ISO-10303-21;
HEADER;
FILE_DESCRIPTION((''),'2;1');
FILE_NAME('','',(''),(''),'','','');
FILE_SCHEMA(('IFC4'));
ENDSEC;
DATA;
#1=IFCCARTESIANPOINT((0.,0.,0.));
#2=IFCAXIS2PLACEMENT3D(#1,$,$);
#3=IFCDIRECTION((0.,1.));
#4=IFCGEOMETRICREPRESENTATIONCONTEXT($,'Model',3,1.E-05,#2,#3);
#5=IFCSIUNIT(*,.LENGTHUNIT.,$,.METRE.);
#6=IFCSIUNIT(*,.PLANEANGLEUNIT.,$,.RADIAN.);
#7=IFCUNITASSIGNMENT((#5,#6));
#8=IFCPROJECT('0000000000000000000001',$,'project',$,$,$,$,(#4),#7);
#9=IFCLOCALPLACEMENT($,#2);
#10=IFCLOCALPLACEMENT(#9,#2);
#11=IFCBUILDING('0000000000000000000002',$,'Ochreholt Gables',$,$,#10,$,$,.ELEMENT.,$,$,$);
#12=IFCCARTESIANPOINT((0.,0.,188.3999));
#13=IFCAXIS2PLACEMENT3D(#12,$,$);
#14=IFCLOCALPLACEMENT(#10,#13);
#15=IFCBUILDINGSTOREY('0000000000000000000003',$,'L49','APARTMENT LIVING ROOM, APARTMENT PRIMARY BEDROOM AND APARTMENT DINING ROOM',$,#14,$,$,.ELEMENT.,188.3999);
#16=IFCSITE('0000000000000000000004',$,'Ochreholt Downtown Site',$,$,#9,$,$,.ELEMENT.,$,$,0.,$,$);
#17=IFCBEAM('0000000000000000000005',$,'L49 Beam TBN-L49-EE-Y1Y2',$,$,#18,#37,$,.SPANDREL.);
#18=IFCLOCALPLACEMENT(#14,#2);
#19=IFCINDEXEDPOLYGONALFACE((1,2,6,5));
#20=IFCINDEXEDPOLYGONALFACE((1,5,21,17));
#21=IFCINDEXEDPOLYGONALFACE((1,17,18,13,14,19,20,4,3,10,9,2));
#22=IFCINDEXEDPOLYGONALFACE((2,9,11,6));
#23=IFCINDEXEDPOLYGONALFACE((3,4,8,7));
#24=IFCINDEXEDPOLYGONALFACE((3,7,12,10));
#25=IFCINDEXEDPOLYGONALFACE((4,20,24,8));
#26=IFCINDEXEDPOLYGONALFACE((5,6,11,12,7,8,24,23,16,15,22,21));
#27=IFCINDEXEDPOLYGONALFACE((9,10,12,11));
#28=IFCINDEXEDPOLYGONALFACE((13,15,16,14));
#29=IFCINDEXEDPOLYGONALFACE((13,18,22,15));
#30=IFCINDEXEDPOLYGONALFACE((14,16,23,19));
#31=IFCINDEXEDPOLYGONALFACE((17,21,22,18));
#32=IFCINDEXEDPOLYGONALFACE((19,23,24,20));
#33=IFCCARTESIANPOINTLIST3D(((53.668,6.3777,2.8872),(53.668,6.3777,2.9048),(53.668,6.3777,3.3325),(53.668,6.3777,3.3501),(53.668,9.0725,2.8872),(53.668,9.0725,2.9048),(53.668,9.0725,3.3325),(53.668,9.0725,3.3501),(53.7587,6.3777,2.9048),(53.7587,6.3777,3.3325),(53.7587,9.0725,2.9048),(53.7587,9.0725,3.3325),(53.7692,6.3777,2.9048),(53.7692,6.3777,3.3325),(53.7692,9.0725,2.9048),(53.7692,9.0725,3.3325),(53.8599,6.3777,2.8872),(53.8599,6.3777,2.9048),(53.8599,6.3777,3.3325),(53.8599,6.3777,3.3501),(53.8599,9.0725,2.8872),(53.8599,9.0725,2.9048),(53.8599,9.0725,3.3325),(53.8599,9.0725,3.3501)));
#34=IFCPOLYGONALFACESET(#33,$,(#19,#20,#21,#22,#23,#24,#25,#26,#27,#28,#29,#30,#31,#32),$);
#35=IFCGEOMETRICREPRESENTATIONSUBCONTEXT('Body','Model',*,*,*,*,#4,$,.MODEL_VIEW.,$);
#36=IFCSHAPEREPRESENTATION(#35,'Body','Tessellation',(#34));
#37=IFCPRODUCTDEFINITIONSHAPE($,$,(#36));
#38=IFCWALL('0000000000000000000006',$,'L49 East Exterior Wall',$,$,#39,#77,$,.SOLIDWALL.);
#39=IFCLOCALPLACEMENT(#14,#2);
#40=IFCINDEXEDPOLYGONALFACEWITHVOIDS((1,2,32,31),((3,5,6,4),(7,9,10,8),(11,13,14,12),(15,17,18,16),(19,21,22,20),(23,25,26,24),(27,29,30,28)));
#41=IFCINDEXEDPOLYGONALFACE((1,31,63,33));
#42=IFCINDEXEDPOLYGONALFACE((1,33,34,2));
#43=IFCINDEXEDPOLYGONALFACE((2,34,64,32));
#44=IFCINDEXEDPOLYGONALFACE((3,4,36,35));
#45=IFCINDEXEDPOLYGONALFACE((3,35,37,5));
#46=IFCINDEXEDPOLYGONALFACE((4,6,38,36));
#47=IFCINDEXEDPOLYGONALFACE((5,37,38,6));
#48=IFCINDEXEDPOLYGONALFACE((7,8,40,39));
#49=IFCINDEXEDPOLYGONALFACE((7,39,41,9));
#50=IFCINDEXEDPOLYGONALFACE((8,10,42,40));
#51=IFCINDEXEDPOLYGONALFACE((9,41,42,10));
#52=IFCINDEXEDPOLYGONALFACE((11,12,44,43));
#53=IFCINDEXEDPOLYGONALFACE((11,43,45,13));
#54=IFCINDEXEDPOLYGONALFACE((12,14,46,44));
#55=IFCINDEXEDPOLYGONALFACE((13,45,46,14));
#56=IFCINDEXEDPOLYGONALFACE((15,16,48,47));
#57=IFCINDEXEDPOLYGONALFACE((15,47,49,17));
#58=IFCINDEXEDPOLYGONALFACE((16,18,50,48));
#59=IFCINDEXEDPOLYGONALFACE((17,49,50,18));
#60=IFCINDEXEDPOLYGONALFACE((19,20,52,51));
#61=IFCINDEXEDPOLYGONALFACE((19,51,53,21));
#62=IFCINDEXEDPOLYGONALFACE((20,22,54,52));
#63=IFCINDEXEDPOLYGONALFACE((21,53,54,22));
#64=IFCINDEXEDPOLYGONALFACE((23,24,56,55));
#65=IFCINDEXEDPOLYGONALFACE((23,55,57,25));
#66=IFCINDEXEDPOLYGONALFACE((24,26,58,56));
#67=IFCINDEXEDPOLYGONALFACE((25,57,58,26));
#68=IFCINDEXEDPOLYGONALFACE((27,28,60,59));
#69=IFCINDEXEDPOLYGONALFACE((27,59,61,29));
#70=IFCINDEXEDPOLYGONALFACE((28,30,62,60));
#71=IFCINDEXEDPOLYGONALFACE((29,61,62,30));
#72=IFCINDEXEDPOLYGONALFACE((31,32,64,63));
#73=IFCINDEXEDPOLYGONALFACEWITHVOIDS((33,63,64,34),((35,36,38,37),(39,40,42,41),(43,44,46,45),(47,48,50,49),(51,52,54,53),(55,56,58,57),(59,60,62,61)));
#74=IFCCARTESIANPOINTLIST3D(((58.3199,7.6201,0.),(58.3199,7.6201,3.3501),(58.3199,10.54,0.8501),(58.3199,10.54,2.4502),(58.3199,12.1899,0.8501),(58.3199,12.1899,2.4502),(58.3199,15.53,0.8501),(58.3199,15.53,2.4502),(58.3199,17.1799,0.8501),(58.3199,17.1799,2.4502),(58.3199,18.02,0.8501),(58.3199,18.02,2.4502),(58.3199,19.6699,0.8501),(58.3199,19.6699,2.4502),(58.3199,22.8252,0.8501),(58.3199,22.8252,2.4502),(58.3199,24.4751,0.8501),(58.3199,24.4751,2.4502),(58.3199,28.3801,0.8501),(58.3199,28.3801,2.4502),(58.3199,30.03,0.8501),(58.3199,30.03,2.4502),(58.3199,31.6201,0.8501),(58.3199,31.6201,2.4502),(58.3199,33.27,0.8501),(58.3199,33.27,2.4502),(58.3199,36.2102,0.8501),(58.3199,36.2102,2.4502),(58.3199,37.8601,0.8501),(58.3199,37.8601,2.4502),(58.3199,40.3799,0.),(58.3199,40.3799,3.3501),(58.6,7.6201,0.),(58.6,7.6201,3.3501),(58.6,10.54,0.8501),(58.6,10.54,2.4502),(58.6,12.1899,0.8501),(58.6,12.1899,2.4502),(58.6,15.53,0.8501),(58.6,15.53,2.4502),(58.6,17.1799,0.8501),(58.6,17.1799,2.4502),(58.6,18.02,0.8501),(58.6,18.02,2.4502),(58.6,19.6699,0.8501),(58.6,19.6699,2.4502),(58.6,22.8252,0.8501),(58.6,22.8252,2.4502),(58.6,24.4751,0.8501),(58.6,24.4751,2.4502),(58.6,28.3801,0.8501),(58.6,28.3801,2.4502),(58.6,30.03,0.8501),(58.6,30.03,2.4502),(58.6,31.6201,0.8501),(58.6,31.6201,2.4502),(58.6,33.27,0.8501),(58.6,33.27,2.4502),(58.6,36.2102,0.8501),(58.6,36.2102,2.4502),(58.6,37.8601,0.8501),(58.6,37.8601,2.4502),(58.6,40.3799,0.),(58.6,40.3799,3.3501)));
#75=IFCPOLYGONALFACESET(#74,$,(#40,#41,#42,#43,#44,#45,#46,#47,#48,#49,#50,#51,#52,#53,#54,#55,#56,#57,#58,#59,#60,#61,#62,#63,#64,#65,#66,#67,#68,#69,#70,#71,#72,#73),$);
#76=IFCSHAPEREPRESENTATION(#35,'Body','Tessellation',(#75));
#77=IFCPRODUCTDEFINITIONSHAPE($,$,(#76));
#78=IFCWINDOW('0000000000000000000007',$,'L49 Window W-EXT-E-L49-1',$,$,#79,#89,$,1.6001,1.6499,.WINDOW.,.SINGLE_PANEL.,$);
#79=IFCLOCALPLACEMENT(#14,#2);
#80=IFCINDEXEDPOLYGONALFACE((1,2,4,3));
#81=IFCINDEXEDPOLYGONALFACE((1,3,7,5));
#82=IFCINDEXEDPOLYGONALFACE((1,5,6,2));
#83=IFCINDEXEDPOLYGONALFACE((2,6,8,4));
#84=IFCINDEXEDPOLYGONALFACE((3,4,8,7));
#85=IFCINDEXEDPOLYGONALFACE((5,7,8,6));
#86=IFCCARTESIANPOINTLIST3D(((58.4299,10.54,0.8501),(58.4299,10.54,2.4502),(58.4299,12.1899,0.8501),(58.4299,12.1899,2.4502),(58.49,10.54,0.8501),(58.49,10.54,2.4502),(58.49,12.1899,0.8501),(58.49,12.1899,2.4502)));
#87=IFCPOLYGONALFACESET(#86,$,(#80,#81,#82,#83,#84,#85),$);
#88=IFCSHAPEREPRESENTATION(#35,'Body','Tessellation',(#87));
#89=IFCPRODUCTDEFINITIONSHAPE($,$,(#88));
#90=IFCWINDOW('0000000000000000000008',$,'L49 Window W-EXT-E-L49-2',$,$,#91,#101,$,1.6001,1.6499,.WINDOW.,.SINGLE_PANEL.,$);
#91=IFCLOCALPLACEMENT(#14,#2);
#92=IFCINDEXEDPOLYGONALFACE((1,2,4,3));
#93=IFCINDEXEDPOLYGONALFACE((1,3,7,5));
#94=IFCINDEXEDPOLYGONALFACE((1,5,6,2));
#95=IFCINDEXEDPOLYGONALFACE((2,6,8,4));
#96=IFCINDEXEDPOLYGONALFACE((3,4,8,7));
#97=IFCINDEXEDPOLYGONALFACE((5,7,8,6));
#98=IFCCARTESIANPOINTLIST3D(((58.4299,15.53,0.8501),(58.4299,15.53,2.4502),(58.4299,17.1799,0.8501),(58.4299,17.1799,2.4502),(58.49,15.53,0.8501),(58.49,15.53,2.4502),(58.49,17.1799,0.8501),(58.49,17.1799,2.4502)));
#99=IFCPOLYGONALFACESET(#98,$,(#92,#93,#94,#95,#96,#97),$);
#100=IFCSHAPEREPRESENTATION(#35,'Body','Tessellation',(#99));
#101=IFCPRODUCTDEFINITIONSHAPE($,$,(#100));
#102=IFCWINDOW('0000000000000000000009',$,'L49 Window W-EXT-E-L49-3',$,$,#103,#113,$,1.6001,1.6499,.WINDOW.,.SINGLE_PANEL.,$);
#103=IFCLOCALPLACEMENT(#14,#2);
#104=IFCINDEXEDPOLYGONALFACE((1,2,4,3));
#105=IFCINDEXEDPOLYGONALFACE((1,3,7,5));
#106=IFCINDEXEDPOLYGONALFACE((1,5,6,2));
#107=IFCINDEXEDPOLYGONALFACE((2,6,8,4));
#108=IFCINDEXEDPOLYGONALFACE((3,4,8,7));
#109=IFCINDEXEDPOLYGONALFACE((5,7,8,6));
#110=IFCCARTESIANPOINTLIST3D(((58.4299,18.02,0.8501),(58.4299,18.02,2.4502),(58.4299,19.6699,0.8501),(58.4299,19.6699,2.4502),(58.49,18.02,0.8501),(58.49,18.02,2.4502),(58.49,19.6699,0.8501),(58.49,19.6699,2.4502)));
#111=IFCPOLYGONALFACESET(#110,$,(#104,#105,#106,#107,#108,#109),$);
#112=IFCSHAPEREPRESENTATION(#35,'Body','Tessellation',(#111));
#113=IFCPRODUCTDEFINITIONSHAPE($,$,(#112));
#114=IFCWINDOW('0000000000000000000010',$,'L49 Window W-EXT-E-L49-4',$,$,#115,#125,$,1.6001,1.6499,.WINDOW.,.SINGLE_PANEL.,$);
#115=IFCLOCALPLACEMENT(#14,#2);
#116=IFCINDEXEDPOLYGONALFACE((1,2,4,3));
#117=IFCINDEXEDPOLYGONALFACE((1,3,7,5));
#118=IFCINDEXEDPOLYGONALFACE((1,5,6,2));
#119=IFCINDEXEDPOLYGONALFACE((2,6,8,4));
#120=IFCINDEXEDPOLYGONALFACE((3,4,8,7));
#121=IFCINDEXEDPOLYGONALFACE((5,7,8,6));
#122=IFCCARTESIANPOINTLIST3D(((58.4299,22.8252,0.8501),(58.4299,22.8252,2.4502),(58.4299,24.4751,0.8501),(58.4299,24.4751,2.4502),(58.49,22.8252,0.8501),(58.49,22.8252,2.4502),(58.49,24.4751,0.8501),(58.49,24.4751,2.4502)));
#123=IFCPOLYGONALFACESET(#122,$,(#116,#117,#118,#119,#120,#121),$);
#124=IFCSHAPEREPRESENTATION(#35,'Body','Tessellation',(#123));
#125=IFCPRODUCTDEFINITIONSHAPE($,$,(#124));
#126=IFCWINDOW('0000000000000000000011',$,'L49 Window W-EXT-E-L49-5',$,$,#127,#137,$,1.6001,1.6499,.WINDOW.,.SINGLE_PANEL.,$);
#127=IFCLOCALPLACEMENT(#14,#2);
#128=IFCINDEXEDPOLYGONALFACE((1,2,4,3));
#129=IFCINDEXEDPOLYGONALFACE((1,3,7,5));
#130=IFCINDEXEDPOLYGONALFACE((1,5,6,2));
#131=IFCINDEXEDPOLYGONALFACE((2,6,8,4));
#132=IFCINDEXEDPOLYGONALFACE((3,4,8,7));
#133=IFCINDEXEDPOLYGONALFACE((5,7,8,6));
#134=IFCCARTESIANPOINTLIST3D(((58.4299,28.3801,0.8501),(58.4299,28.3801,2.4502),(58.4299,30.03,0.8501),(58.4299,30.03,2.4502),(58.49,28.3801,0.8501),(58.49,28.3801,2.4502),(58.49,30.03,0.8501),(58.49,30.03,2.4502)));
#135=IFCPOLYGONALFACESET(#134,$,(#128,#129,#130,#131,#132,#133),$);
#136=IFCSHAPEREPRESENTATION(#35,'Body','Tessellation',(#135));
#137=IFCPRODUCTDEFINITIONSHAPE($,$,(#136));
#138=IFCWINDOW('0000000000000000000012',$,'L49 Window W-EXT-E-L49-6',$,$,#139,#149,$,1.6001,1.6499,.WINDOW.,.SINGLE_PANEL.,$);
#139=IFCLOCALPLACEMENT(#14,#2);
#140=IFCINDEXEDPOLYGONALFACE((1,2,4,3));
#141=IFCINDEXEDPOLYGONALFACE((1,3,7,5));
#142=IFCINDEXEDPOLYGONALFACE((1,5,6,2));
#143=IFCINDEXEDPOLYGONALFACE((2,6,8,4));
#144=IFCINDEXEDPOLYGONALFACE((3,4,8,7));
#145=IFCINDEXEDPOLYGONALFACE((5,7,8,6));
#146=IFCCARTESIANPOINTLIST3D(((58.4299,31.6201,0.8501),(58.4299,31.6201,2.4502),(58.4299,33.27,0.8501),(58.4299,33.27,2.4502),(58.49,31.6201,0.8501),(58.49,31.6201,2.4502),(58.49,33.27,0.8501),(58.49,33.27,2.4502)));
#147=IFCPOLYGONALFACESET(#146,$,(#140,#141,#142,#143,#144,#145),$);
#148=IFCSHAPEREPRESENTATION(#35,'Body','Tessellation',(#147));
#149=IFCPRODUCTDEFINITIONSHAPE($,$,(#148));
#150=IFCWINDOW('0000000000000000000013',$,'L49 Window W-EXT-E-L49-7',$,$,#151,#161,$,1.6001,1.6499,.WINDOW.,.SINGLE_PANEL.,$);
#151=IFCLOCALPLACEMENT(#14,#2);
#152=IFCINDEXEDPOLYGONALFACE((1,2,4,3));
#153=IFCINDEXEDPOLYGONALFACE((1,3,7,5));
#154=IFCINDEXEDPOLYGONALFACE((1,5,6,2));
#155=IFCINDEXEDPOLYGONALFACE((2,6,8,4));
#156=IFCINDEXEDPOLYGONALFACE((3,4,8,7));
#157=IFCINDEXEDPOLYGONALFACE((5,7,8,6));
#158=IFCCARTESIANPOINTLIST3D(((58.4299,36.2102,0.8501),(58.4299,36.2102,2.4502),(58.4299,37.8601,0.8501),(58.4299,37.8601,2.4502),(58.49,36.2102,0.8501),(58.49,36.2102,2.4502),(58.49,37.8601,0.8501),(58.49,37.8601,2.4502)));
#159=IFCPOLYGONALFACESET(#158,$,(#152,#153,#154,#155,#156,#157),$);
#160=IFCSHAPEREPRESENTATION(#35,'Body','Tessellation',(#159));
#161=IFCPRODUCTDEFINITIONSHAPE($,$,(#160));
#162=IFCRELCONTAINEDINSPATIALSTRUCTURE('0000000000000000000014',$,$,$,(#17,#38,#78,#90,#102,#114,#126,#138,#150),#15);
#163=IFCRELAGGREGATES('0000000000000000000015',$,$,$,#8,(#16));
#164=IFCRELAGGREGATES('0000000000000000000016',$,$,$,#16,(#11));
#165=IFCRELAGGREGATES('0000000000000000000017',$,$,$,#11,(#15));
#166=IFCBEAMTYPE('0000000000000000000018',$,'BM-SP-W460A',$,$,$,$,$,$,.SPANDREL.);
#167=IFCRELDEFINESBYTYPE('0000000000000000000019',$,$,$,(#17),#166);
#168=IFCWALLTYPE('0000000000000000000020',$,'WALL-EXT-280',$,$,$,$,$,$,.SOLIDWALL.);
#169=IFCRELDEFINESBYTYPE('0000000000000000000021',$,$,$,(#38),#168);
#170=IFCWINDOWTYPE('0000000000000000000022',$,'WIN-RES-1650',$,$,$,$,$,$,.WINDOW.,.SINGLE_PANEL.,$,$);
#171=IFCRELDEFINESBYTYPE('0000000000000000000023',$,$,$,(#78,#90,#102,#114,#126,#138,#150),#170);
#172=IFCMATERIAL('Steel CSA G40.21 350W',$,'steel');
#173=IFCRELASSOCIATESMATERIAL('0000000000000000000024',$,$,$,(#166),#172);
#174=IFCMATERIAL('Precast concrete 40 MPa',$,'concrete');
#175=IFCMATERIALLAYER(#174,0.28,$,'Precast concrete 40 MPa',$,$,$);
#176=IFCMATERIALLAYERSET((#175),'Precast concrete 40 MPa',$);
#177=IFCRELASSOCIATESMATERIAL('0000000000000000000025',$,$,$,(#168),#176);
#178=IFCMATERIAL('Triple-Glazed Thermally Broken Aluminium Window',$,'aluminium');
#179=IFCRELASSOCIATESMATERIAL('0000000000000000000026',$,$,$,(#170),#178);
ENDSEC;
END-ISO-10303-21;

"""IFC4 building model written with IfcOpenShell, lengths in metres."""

from ifc_helpers import new_model, si_unit, direction, frame, frame_2d, origin, origin_2d, place, context, subcontext, project, spatial, rectangle, i_section, extrude, material, layer, layer_set, material_profile, profile_set, type_object, element, fill, save


model = new_model("IFC4")

# Units and contexts
model_context = context("Model", 3, precision=1e-05, world=origin(), true_north=direction((0.0, 1.0)))
body_context = subcontext(model_context, "Body", "Model", "MODEL_VIEW")
ifc_project = project(units=[si_unit("LENGTHUNIT", "METRE"), si_unit("PLANEANGLEUNIT", "RADIAN")], contexts=[model_context])

# Site, building, storey
site_placement = place(None, origin())
site = spatial("IfcSite", under=ifc_project, at=site_placement, Name="Ochreholt Downtown Site", CompositionType="ELEMENT", RefElevation=0.0)
building_placement = place(site_placement, origin())
building = spatial("IfcBuilding", under=site, at=building_placement, Name="Ochreholt Gables", CompositionType="ELEMENT")
storey_placement = place(building_placement, frame((0.0, 0.0, 188.3999)))
storey = spatial("IfcBuildingStorey", under=building, at=storey_placement, Name="L49", Description="APARTMENT LIVING ROOM, APARTMENT PRIMARY BEDROOM AND APARTMENT DINING ROOM", CompositionType="ELEMENT", Elevation=188.3999)

# Beam
ifc_material_1 = material(Name="Steel CSA G40.21 350W", Category="steel")
ifc_material_profile_1 = material_profile(ifc_material_1, i_section(OverallWidth=0.1919, OverallDepth=0.4629, WebThickness=0.0105, FlangeThickness=0.0176, at=origin_2d()), Name="W460X89")
ifc_profile_set_1 = profile_set([ifc_material_profile_1], Name="Steel CSA G40.21 350W")
beam_type = type_object("IfcBeamType", Name="BM-SP-W460A", PredefinedType="SPANDREL", material=ifc_profile_set_1)
beam_placement = place(storey_placement, frame((53.7639, 6.3777, 3.1187), z_axis=(0.0, 1.0, 0.0), x_axis=(-1.0, 0.0, 0.0)))
element("IfcBeam", 1, at=beam_placement, inside=storey, type_object=beam_type, Name="L49 Beam TBN-L49-EE-Y1Y2", PredefinedType="SPANDREL", context=body_context, shape_type="SweptSolid", body=[
    extrude(i_section(OverallWidth=0.1919, OverallDepth=0.4629, WebThickness=0.0105, FlangeThickness=0.0176, at=origin_2d()), origin(), (0.0, 0.0, 1.0), 2.6948),
])

# Wall, openings, windows
ifc_material_2 = material(Name="Precast concrete 40 MPa", Category="concrete")
ifc_layer_1 = layer(ifc_material_2, 0.28, Name="Precast concrete 40 MPa")
ifc_layer_set_1 = layer_set([ifc_layer_1], Name="Precast concrete 40 MPa")
wall_type_1 = type_object("IfcWallType", Name="WALL-EXT-280", PredefinedType="SOLIDWALL", material=ifc_layer_set_1)
wall_1_placement = place(storey_placement, frame((58.46, 7.6201, 0.0), z_axis=(0.0, 0.0, 1.0), x_axis=(0.0, 1.0, 0.0)))
wall_1 = element("IfcWall", 2, at=wall_1_placement, inside=storey, type_object=wall_type_1, Name="L49 East Exterior Wall", PredefinedType="SOLIDWALL", context=body_context, shape_type="SweptSolid", body=[
    extrude(rectangle(XDim=32.7598, YDim=0.28, at=frame_2d((16.3799, 0.0))), origin(), (0.0, 0.0, 1.0), 3.3501),
])
opening_1_placement = place(wall_1_placement, frame((2.9199, 0.0, 0.8501)))
opening_1 = element("IfcOpeningElement", 3, at=opening_1_placement, cuts=wall_1, PredefinedType="OPENING", context=body_context, shape_type="SweptSolid", body=[
    extrude(rectangle(XDim=1.6499, YDim=1.6001, at=frame_2d((0.825, 0.8))), frame((0.0, 0.1499, 0.0), z_axis=(0.0, -1.0, 0.0), x_axis=(1.0, 0.0, 0.0)), (0.0, 0.0, 1.0), 0.3),
])
opening_2_placement = place(wall_1_placement, frame((7.9099, 0.0, 0.8501)))
opening_2 = element("IfcOpeningElement", 4, at=opening_2_placement, cuts=wall_1, PredefinedType="OPENING", context=body_context, shape_type="SweptSolid", body=[
    extrude(rectangle(XDim=1.6499, YDim=1.6001, at=frame_2d((0.825, 0.8))), frame((0.0, 0.1499, 0.0), z_axis=(0.0, -1.0, 0.0), x_axis=(1.0, 0.0, 0.0)), (0.0, 0.0, 1.0), 0.3),
])
opening_3_placement = place(wall_1_placement, frame((10.3999, 0.0, 0.8501)))
opening_3 = element("IfcOpeningElement", 5, at=opening_3_placement, cuts=wall_1, PredefinedType="OPENING", context=body_context, shape_type="SweptSolid", body=[
    extrude(rectangle(XDim=1.6499, YDim=1.6001, at=frame_2d((0.825, 0.8))), frame((0.0, 0.1499, 0.0), z_axis=(0.0, -1.0, 0.0), x_axis=(1.0, 0.0, 0.0)), (0.0, 0.0, 1.0), 0.3),
])
opening_4_placement = place(wall_1_placement, frame((15.2051, 0.0, 0.8501)))
opening_4 = element("IfcOpeningElement", 6, at=opening_4_placement, cuts=wall_1, PredefinedType="OPENING", context=body_context, shape_type="SweptSolid", body=[
    extrude(rectangle(XDim=1.6499, YDim=1.6001, at=frame_2d((0.825, 0.8))), frame((0.0, 0.1499, 0.0), z_axis=(0.0, -1.0, 0.0), x_axis=(1.0, 0.0, 0.0)), (0.0, 0.0, 1.0), 0.3),
])
opening_5_placement = place(wall_1_placement, frame((20.76, 0.0, 0.8501)))
opening_5 = element("IfcOpeningElement", 7, at=opening_5_placement, cuts=wall_1, PredefinedType="OPENING", context=body_context, shape_type="SweptSolid", body=[
    extrude(rectangle(XDim=1.6499, YDim=1.6001, at=frame_2d((0.825, 0.8))), frame((0.0, 0.1499, 0.0), z_axis=(0.0, -1.0, 0.0), x_axis=(1.0, 0.0, 0.0)), (0.0, 0.0, 1.0), 0.3),
])
opening_6_placement = place(wall_1_placement, frame((24.0, 0.0, 0.8501)))
opening_6 = element("IfcOpeningElement", 8, at=opening_6_placement, cuts=wall_1, PredefinedType="OPENING", context=body_context, shape_type="SweptSolid", body=[
    extrude(rectangle(XDim=1.6499, YDim=1.6001, at=frame_2d((0.825, 0.8))), frame((0.0, 0.1499, 0.0), z_axis=(0.0, -1.0, 0.0), x_axis=(1.0, 0.0, 0.0)), (0.0, 0.0, 1.0), 0.3),
])
opening_7_placement = place(wall_1_placement, frame((28.5901, 0.0, 0.8501)))
opening_7 = element("IfcOpeningElement", 9, at=opening_7_placement, cuts=wall_1, PredefinedType="OPENING", context=body_context, shape_type="SweptSolid", body=[
    extrude(rectangle(XDim=1.6499, YDim=1.6001, at=frame_2d((0.825, 0.8))), frame((0.0, 0.1499, 0.0), z_axis=(0.0, -1.0, 0.0), x_axis=(1.0, 0.0, 0.0)), (0.0, 0.0, 1.0), 0.3),
])
ifc_material_3 = material(Name="Triple-Glazed Thermally Broken Aluminium Window", Category="aluminium")
window_type_1 = type_object("IfcWindowType", Name="WIN-RES-1650", PartitioningType="SINGLE_PANEL", PredefinedType="WINDOW", material=ifc_material_3)
window_1_placement = place(opening_1_placement, origin())
window_1 = element("IfcWindow", 10, at=window_1_placement, inside=storey, type_object=window_type_1, Name="L49 Window W-EXT-E-L49-1", OverallHeight=1.6001, OverallWidth=1.6499, PartitioningType="SINGLE_PANEL", PredefinedType="WINDOW", context=body_context, shape_type="SweptSolid", body=[
    extrude(rectangle(XDim=1.6499, YDim=1.6001, at=frame_2d((0.825, 0.8))), frame((0.0, 0.03, 0.0), z_axis=(0.0, -1.0, 0.0), x_axis=(1.0, 0.0, 0.0)), (0.0, 0.0, 1.0), 0.0601),
])
fill(opening_1, window_1)
window_2_placement = place(opening_2_placement, origin())
window_2 = element("IfcWindow", 11, at=window_2_placement, inside=storey, type_object=window_type_1, Name="L49 Window W-EXT-E-L49-2", OverallHeight=1.6001, OverallWidth=1.6499, PartitioningType="SINGLE_PANEL", PredefinedType="WINDOW", context=body_context, shape_type="SweptSolid", body=[
    extrude(rectangle(XDim=1.6499, YDim=1.6001, at=frame_2d((0.825, 0.8))), frame((0.0, 0.03, 0.0), z_axis=(0.0, -1.0, 0.0), x_axis=(1.0, 0.0, 0.0)), (0.0, 0.0, 1.0), 0.0601),
])
fill(opening_2, window_2)
window_3_placement = place(opening_3_placement, origin())
window_3 = element("IfcWindow", 12, at=window_3_placement, inside=storey, type_object=window_type_1, Name="L49 Window W-EXT-E-L49-3", OverallHeight=1.6001, OverallWidth=1.6499, PartitioningType="SINGLE_PANEL", PredefinedType="WINDOW", context=body_context, shape_type="SweptSolid", body=[
    extrude(rectangle(XDim=1.6499, YDim=1.6001, at=frame_2d((0.825, 0.8))), frame((0.0, 0.03, 0.0), z_axis=(0.0, -1.0, 0.0), x_axis=(1.0, 0.0, 0.0)), (0.0, 0.0, 1.0), 0.0601),
])
fill(opening_3, window_3)
window_4_placement = place(opening_4_placement, origin())
window_4 = element("IfcWindow", 13, at=window_4_placement, inside=storey, type_object=window_type_1, Name="L49 Window W-EXT-E-L49-4", OverallHeight=1.6001, OverallWidth=1.6499, PartitioningType="SINGLE_PANEL", PredefinedType="WINDOW", context=body_context, shape_type="SweptSolid", body=[
    extrude(rectangle(XDim=1.6499, YDim=1.6001, at=frame_2d((0.825, 0.8))), frame((0.0, 0.03, 0.0), z_axis=(0.0, -1.0, 0.0), x_axis=(1.0, 0.0, 0.0)), (0.0, 0.0, 1.0), 0.0601),
])
fill(opening_4, window_4)
window_5_placement = place(opening_5_placement, origin())
window_5 = element("IfcWindow", 14, at=window_5_placement, inside=storey, type_object=window_type_1, Name="L49 Window W-EXT-E-L49-5", OverallHeight=1.6001, OverallWidth=1.6499, PartitioningType="SINGLE_PANEL", PredefinedType="WINDOW", context=body_context, shape_type="SweptSolid", body=[
    extrude(rectangle(XDim=1.6499, YDim=1.6001, at=frame_2d((0.825, 0.8))), frame((0.0, 0.03, 0.0), z_axis=(0.0, -1.0, 0.0), x_axis=(1.0, 0.0, 0.0)), (0.0, 0.0, 1.0), 0.0601),
])
fill(opening_5, window_5)
window_6_placement = place(opening_6_placement, origin())
window_6 = element("IfcWindow", 15, at=window_6_placement, inside=storey, type_object=window_type_1, Name="L49 Window W-EXT-E-L49-6", OverallHeight=1.6001, OverallWidth=1.6499, PartitioningType="SINGLE_PANEL", PredefinedType="WINDOW", context=body_context, shape_type="SweptSolid", body=[
    extrude(rectangle(XDim=1.6499, YDim=1.6001, at=frame_2d((0.825, 0.8))), frame((0.0, 0.03, 0.0), z_axis=(0.0, -1.0, 0.0), x_axis=(1.0, 0.0, 0.0)), (0.0, 0.0, 1.0), 0.0601),
])
fill(opening_6, window_6)
window_7_placement = place(opening_7_placement, origin())
window_7 = element("IfcWindow", 16, at=window_7_placement, inside=storey, type_object=window_type_1, Name="L49 Window W-EXT-E-L49-7", OverallHeight=1.6001, OverallWidth=1.6499, PartitioningType="SINGLE_PANEL", PredefinedType="WINDOW", context=body_context, shape_type="SweptSolid", body=[
    extrude(rectangle(XDim=1.6499, YDim=1.6001, at=frame_2d((0.825, 0.8))), frame((0.0, 0.03, 0.0), z_axis=(0.0, -1.0, 0.0), x_axis=(1.0, 0.0, 0.0)), (0.0, 0.0, 1.0), 0.0601),
])
fill(opening_7, window_7)

save(model, "model.ifc")
